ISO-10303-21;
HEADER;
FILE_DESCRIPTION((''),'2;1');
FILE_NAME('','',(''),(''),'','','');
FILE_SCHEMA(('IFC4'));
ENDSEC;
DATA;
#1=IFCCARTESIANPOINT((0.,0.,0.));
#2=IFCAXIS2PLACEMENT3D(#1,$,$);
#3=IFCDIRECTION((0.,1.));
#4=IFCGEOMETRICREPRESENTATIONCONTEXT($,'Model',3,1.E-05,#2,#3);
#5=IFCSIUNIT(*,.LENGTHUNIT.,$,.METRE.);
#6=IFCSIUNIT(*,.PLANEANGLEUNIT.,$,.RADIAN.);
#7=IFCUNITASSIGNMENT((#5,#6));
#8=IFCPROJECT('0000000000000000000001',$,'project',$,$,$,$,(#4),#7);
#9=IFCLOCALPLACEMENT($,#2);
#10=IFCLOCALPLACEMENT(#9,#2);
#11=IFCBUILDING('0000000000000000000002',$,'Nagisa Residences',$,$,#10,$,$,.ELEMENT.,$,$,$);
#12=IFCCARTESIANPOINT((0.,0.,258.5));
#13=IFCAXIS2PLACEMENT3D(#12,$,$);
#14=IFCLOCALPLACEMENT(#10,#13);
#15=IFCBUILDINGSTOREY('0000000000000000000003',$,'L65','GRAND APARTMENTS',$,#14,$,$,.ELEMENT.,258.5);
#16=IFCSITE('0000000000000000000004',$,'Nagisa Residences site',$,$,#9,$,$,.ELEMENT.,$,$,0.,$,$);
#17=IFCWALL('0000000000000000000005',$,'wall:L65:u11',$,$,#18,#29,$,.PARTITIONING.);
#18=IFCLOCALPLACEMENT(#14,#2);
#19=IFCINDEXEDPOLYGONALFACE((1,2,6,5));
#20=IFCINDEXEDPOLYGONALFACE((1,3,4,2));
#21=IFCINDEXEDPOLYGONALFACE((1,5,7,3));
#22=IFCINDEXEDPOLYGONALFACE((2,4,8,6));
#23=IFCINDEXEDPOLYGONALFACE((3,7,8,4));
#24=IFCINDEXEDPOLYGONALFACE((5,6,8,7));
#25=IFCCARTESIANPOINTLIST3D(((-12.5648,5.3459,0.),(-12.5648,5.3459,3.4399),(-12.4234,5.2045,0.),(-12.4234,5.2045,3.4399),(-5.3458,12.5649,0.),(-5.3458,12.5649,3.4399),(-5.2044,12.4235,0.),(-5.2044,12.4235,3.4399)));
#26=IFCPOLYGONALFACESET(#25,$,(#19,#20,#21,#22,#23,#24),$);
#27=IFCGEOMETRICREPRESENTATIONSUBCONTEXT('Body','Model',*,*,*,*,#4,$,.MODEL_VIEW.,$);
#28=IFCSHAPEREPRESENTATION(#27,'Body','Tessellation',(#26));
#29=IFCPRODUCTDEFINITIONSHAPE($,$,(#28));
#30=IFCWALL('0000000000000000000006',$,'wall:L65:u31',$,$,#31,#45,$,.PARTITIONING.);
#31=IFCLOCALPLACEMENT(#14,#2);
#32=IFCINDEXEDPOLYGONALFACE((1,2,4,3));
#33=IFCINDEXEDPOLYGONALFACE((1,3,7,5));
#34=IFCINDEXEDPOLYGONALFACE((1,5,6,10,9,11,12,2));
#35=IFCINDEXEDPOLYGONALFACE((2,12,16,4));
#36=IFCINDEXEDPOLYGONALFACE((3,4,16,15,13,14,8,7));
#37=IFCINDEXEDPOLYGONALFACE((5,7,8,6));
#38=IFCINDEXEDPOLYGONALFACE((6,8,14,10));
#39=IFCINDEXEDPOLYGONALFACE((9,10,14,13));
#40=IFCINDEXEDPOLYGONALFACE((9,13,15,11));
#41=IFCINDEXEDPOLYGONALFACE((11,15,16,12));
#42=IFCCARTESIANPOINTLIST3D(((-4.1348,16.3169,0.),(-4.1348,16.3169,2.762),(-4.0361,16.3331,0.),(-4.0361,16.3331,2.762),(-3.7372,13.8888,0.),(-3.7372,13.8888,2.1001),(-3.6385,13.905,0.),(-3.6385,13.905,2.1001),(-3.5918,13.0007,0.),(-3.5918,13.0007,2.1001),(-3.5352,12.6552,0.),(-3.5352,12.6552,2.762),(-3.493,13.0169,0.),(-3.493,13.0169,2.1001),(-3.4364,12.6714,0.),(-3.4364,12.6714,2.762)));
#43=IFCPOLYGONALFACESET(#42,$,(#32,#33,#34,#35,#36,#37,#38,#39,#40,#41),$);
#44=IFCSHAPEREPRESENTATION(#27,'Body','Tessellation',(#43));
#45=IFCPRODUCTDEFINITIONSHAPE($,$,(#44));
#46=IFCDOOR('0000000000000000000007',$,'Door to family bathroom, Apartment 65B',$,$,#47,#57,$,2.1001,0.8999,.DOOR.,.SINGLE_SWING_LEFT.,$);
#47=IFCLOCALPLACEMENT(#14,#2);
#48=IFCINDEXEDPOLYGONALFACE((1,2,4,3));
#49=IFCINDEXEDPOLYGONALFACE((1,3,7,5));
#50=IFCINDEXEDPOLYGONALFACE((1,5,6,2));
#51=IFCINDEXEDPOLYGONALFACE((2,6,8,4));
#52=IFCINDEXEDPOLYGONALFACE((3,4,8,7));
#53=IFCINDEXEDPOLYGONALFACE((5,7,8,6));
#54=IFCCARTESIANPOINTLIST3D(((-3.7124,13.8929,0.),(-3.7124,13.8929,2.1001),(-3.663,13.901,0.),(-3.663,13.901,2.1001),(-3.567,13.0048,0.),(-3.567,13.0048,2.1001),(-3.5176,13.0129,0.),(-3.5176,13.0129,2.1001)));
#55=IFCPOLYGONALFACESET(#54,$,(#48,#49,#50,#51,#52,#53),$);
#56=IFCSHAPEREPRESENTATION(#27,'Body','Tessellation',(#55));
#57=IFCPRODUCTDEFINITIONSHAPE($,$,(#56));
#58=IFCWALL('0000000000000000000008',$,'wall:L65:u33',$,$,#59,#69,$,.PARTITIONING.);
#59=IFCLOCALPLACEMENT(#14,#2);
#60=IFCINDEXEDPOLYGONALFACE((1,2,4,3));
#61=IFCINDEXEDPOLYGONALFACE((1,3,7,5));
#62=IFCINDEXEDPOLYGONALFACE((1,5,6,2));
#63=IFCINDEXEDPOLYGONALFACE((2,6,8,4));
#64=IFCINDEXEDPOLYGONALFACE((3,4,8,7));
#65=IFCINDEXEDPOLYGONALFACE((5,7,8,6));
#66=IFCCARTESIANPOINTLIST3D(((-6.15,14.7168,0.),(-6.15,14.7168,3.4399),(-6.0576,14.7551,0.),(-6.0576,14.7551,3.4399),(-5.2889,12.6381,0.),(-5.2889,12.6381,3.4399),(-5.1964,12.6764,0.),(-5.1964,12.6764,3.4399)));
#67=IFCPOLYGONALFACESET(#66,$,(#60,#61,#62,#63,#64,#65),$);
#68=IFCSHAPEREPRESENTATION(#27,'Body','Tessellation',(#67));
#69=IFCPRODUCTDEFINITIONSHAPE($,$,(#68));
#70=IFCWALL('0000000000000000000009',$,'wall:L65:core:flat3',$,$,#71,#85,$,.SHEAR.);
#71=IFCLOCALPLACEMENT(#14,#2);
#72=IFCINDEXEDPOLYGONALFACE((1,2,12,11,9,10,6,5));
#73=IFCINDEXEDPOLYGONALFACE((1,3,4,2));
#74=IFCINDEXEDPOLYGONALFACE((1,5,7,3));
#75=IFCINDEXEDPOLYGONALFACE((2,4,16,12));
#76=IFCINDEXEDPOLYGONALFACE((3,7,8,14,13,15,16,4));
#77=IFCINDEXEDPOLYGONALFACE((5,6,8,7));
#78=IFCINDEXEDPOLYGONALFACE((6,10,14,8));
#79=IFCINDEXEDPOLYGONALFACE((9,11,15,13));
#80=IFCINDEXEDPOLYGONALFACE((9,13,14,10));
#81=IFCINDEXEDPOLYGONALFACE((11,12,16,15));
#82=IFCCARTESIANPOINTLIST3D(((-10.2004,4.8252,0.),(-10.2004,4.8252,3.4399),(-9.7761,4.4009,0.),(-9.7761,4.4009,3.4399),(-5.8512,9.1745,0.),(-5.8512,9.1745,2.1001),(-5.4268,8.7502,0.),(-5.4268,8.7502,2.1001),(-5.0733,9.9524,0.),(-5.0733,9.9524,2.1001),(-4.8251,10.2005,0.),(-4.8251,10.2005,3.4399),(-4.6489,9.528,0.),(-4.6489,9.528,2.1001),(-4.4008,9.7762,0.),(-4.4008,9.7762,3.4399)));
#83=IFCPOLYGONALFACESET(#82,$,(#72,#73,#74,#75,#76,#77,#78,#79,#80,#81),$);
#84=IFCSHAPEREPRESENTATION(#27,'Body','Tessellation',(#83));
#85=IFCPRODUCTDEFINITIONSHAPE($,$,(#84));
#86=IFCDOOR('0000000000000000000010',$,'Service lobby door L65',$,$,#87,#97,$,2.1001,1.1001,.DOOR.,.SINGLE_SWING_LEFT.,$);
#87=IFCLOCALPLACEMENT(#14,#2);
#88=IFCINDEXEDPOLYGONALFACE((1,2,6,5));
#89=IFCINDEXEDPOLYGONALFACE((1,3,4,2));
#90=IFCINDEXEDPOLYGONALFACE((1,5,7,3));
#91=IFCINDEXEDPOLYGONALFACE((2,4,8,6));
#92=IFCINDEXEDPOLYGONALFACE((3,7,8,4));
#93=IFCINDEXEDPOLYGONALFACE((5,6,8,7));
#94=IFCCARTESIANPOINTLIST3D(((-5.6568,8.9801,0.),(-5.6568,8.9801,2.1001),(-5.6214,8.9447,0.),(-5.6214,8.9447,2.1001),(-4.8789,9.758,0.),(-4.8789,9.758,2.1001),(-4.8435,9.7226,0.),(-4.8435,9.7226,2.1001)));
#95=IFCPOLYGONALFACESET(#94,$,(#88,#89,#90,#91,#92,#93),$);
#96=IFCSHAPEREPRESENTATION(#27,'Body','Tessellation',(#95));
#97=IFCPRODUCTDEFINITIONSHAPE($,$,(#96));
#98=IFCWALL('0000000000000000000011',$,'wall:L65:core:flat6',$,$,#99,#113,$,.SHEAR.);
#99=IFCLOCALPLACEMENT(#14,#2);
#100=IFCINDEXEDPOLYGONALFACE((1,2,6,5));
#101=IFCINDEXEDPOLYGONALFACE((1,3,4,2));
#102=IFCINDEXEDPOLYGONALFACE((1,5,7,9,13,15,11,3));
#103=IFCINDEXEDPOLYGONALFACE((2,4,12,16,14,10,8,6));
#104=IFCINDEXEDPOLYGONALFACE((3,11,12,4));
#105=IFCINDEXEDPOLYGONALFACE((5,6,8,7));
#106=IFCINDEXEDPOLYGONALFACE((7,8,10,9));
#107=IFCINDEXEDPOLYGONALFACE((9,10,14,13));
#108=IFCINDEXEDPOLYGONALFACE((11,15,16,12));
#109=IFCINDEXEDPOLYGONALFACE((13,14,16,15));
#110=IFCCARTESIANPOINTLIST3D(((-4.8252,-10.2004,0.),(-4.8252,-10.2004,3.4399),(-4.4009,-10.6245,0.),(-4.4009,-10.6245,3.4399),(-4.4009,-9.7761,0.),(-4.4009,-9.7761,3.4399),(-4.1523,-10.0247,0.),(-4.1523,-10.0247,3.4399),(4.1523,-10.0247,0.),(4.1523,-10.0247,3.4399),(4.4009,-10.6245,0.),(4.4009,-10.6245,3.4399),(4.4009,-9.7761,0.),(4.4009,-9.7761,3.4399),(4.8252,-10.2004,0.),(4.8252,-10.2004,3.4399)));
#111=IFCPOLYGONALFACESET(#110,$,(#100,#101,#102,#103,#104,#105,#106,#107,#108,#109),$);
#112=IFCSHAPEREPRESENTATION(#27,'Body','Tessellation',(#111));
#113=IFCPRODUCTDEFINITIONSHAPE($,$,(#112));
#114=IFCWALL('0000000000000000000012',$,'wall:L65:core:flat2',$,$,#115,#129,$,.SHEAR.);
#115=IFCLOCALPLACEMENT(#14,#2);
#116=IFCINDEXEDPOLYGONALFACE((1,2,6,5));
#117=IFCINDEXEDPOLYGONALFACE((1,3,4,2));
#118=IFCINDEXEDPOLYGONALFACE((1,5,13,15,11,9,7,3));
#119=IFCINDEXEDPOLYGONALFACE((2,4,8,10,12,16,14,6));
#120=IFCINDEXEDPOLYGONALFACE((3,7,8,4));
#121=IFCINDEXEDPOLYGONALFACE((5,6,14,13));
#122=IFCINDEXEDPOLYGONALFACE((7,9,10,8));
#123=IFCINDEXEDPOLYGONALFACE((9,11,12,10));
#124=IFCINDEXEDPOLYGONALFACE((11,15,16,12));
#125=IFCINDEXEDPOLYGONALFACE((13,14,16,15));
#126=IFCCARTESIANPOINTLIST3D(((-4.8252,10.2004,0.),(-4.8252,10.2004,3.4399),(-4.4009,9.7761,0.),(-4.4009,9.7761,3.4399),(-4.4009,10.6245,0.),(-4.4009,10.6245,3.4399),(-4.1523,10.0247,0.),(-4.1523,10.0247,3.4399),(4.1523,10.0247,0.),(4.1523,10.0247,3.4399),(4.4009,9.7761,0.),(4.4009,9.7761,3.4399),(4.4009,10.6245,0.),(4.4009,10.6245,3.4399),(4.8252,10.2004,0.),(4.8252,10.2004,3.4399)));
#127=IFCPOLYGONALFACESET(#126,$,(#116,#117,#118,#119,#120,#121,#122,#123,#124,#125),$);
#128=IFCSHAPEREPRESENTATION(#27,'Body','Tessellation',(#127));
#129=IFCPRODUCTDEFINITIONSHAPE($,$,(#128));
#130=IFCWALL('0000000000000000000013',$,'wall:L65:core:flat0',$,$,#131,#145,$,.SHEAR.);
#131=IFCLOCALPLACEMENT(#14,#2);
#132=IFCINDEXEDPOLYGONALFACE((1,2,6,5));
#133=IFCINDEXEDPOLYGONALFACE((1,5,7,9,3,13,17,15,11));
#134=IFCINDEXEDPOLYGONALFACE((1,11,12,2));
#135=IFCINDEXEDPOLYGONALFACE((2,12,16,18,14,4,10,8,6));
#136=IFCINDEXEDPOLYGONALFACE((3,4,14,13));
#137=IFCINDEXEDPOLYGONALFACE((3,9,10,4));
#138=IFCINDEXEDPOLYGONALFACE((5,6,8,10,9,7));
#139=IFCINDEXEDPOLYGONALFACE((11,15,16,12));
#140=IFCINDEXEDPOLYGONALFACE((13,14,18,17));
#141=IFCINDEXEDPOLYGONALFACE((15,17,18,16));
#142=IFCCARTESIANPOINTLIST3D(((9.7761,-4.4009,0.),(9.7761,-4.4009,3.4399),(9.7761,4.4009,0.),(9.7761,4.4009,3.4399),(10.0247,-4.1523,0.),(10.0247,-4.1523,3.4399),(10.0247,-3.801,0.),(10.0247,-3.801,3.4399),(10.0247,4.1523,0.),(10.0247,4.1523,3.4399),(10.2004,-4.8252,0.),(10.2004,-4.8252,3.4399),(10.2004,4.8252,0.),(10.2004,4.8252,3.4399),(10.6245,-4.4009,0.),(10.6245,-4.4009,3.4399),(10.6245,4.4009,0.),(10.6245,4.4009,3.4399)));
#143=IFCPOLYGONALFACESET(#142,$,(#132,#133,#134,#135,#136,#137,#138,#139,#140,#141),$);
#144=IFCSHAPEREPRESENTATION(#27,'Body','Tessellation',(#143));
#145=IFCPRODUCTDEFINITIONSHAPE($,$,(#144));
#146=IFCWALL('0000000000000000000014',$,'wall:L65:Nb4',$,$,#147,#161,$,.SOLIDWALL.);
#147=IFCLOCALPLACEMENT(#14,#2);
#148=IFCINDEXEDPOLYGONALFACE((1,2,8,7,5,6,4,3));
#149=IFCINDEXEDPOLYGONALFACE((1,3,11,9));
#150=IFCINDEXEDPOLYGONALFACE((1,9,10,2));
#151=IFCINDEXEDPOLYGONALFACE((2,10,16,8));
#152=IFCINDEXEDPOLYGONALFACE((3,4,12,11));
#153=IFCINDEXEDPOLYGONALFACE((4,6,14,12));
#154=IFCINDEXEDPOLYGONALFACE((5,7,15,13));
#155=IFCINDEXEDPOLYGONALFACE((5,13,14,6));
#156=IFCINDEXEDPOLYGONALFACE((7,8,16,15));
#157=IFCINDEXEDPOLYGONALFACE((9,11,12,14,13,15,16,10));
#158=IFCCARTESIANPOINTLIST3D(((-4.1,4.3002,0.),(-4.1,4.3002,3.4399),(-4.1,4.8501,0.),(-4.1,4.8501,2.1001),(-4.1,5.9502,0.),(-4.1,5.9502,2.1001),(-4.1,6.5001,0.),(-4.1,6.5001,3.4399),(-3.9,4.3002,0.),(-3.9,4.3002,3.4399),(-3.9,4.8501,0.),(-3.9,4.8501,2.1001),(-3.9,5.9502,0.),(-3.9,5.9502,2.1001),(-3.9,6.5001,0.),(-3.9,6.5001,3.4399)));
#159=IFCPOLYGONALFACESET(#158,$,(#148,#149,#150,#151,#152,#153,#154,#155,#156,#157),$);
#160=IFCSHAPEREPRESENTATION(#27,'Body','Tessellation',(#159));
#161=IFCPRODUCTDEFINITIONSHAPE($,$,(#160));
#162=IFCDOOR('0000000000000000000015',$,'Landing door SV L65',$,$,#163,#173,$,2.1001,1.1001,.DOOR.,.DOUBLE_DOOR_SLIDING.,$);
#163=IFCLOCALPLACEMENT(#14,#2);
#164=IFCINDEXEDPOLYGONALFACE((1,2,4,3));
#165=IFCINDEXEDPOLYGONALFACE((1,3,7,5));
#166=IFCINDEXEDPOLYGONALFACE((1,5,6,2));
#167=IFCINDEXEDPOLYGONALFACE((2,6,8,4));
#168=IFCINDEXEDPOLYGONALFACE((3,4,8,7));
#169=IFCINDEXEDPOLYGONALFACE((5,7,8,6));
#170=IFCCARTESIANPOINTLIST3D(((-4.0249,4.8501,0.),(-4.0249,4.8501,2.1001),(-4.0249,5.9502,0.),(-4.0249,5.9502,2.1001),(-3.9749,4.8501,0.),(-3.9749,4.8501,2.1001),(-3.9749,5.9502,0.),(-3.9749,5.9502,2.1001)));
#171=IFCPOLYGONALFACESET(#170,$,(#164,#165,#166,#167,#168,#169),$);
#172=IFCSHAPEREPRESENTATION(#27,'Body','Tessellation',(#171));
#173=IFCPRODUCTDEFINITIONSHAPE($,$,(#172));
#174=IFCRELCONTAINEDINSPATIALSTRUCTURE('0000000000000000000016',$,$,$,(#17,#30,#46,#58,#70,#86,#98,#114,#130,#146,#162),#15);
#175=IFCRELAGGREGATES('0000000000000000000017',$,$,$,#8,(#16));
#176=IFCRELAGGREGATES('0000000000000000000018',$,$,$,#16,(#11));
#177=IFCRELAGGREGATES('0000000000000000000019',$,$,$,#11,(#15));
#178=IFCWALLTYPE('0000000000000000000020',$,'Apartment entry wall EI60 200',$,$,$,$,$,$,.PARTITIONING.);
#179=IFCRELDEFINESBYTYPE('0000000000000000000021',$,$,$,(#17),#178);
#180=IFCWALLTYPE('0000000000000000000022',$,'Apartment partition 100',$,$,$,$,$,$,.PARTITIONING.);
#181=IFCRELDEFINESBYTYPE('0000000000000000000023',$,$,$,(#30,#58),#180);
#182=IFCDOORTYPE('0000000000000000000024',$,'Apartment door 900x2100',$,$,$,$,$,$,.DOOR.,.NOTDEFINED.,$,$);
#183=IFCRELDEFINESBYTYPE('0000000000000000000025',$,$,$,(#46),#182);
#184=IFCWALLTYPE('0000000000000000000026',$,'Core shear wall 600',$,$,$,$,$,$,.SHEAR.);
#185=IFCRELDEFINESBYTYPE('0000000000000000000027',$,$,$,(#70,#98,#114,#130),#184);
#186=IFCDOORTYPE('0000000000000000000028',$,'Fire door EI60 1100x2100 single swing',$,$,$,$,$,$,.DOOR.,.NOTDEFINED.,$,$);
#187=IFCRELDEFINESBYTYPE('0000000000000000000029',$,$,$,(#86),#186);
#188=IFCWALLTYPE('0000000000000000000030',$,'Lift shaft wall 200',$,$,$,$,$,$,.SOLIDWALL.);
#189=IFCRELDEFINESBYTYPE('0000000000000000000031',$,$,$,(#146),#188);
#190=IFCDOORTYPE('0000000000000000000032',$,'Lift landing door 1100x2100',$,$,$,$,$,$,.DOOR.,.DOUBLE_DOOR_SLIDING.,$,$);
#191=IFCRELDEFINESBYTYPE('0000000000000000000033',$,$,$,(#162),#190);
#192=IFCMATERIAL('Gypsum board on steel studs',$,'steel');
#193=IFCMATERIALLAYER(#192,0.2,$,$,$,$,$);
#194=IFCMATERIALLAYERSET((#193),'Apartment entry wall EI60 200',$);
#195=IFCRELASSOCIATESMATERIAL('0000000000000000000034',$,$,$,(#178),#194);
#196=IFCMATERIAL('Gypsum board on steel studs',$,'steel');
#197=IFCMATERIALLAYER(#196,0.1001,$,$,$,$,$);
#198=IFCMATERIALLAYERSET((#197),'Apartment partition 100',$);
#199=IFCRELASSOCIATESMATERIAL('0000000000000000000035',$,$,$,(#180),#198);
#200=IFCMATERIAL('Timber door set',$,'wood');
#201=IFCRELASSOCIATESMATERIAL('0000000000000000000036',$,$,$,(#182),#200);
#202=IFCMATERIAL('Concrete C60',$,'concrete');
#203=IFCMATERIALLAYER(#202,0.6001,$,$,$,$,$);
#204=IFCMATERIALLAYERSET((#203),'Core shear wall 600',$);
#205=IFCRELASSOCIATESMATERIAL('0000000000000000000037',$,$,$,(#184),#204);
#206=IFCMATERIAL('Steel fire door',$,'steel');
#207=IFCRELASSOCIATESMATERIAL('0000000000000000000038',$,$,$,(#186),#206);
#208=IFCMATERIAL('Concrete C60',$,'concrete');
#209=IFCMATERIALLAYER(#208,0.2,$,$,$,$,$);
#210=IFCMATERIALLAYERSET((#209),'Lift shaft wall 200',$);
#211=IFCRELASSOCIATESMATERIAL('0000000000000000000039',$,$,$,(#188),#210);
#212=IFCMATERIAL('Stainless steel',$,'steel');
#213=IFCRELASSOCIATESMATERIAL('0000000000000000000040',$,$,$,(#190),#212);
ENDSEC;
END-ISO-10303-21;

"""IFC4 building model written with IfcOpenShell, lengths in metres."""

from ifc_helpers import new_model, si_unit, direction, frame, frame_2d, origin, place, context, subcontext, project, spatial, polyline, rectangle, outline, extrude, material, layer, layer_set, type_object, element, fill, save


model = new_model("IFC4")

# Units and contexts
model_context = context("Model", 3, precision=1e-05, world=origin(), true_north=direction((0.0, 1.0)))
body_context = subcontext(model_context, "Body", "Model", "MODEL_VIEW")
ifc_project = project(units=[si_unit("LENGTHUNIT", "METRE"), si_unit("PLANEANGLEUNIT", "RADIAN")], contexts=[model_context])

# Site, building, storey
site_placement = place(None, origin())
site = spatial("IfcSite", under=ifc_project, at=site_placement, Name="Nagisa Residences site", CompositionType="ELEMENT", RefElevation=0.0)
building_placement = place(site_placement, origin())
building = spatial("IfcBuilding", under=site, at=building_placement, Name="Nagisa Residences", CompositionType="ELEMENT")
storey_placement = place(building_placement, frame((0.0, 0.0, 258.5)))
storey = spatial("IfcBuildingStorey", under=building, at=storey_placement, Name="L65", Description="GRAND APARTMENTS", CompositionType="ELEMENT", Elevation=258.5)

# Wall
ifc_material_1 = material(Name="Gypsum board on steel studs", Category="steel")
ifc_layer_1 = layer(ifc_material_1, 0.2)
ifc_layer_set_1 = layer_set([ifc_layer_1], Name="Apartment entry wall EI60 200")
wall_type_1 = type_object("IfcWallType", Name="Apartment entry wall EI60 200", PredefinedType="PARTITIONING", material=ifc_layer_set_1)
wall_1_placement = place(storey_placement, frame((-5.2751, 12.4941, 0.0), z_axis=(0.0, 0.0, 1.0), x_axis=(-0.707107, -0.707107, 0.0)))
element("IfcWall", 1, at=wall_1_placement, inside=storey, type_object=wall_type_1, Name="wall:L65:u11", PredefinedType="PARTITIONING", context=body_context, shape_type="SweptSolid", body=[
    extrude(rectangle(XDim=10.2092, YDim=0.2, at=frame_2d((5.1045, 0.0))), origin(), (0.0, 0.0, 1.0), 3.4399),
])

# Wall, opening, door
ifc_material_2 = material(Name="Gypsum board on steel studs", Category="steel")
ifc_layer_2 = layer(ifc_material_2, 0.1001)
ifc_layer_set_2 = layer_set([ifc_layer_2], Name="Apartment partition 100")
wall_type_2 = type_object("IfcWallType", Name="Apartment partition 100", PredefinedType="PARTITIONING", material=ifc_layer_set_2)
wall_2_placement = place(storey_placement, frame((-3.4858, 12.6633, 0.0), z_axis=(0.0, 0.0, 1.0), x_axis=(-0.161603, 0.986856, 0.0)))
wall_2 = element("IfcWall", 2, at=wall_2_placement, inside=storey, type_object=wall_type_2, Name="wall:L65:u31", PredefinedType="PARTITIONING", context=body_context, shape_type="SweptSolid", body=[
    extrude(rectangle(XDim=3.7104, YDim=0.1001, at=frame_2d((1.8552, 0.0))), origin(), (0.0, 0.0, 1.0), 2.762),
])
opening_1_placement = place(wall_2_placement, frame((0.3501, 0.0, 0.0)))
opening_1 = element("IfcOpeningElement", 3, at=opening_1_placement, cuts=wall_2, PredefinedType="OPENING", context=body_context, shape_type="SweptSolid", body=[
    extrude(rectangle(XDim=0.8999, YDim=2.1001, at=frame_2d((0.45, 1.05))), frame((0.0, 0.0601, 0.0), z_axis=(0.0, -1.0, 0.0), x_axis=(1.0, 0.0, 0.0)), (0.0, 0.0, 1.0), 0.1201),
])
ifc_material_3 = material(Name="Timber door set", Category="wood")
door_type_1 = type_object("IfcDoorType", Name="Apartment door 900x2100", OperationType="NOTDEFINED", PredefinedType="DOOR", material=ifc_material_3)
door_1_placement = place(opening_1_placement, origin())
door_1 = element("IfcDoor", 4, at=door_1_placement, inside=storey, type_object=door_type_1, Name="Door to family bathroom, Apartment 65B", OperationType="SINGLE_SWING_LEFT", OverallHeight=2.1001, OverallWidth=0.8999, PredefinedType="DOOR", context=body_context, shape_type="SweptSolid", body=[
    extrude(rectangle(XDim=0.8999, YDim=2.1001, at=frame_2d((0.45, 1.05))), frame((0.0, 0.0249, 0.0), z_axis=(0.0, -1.0, 0.0), x_axis=(1.0, 0.0, 0.0)), (0.0, 0.0, 1.0), 0.05),
])
fill(opening_1, door_1)

# Wall
wall_3_placement = place(storey_placement, frame((-5.2427, 12.6572, 0.0), z_axis=(0.0, 0.0, 1.0), x_axis=(-0.382719, 0.923865, 0.0)))
element("IfcWall", 5, at=wall_3_placement, inside=storey, type_object=wall_type_2, Name="wall:L65:u33", PredefinedType="PARTITIONING", context=body_context, shape_type="SweptSolid", body=[
    extrude(rectangle(XDim=2.25, YDim=0.1001, at=frame_2d((1.125, 0.0))), origin(), (0.0, 0.0, 1.0), 3.4399),
])

# Wall, opening, door
ifc_material_4 = material(Name="Concrete C60", Category="concrete")
ifc_layer_3 = layer(ifc_material_4, 0.6001)
ifc_layer_set_3 = layer_set([ifc_layer_3], Name="Core shear wall 600")
wall_type_3 = type_object("IfcWallType", Name="Core shear wall 600", PredefinedType="SHEAR", material=ifc_layer_set_3)
wall_4_placement = place(storey_placement, frame((-4.613, 9.9883, 0.0), z_axis=(0.0, 0.0, 1.0), x_axis=(-0.707107, -0.707107, 0.0)))
wall_4 = element("IfcWall", 6, at=wall_4_placement, inside=storey, type_object=wall_type_3, Name="wall:L65:core:flat3", PredefinedType="SHEAR", context=body_context, shape_type="SweptSolid", body=[
    extrude(rectangle(XDim=7.6018, YDim=0.6001, at=frame_2d((3.8008, 0.0))), origin(), (0.0, 0.0, 1.0), 3.4399),
])
opening_2_placement = place(wall_4_placement, frame((0.3508, 0.0, 0.0)))
opening_2 = element("IfcOpeningElement", 7, at=opening_2_placement, cuts=wall_4, PredefinedType="OPENING", context=body_context, shape_type="SweptSolid", body=[
    extrude(rectangle(XDim=1.1001, YDim=2.1001, at=frame_2d((0.55, 1.05))), frame((0.0, 0.3101, 0.0), z_axis=(0.0, -1.0, 0.0), x_axis=(1.0, 0.0, 0.0)), (0.0, 0.0, 1.0), 0.6201),
])
ifc_material_5 = material(Name="Steel fire door", Category="steel")
door_type_2 = type_object("IfcDoorType", Name="Fire door EI60 1100x2100 single swing", OperationType="NOTDEFINED", PredefinedType="DOOR", material=ifc_material_5)
door_2_placement = place(opening_2_placement, origin())
door_2 = element("IfcDoor", 8, at=door_2_placement, inside=storey, type_object=door_type_2, Name="Service lobby door L65", OperationType="SINGLE_SWING_LEFT", OverallHeight=2.1001, OverallWidth=1.1001, PredefinedType="DOOR", context=body_context, shape_type="SweptSolid", body=[
    extrude(rectangle(XDim=1.1001, YDim=2.1001, at=frame_2d((0.55, 1.05))), frame((0.0, 0.0249, 0.0), z_axis=(0.0, -1.0, 0.0), x_axis=(1.0, 0.0, 0.0)), (0.0, 0.0, 1.0), 0.05),
])
fill(opening_2, door_2)

# Walls
wall_5_placement = place(storey_placement, origin())
element("IfcWall", 9, at=wall_5_placement, inside=storey, type_object=wall_type_3, Name="wall:L65:core:flat6", PredefinedType="SHEAR", context=body_context, shape_type="SweptSolid", body=[
    extrude(outline(polyline([(-4.1523, -10.0247), (4.1523, -10.0247), (4.4009, -9.7761), (4.8252, -10.2004), (4.4009, -10.6245), (-4.4009, -10.6245), (-4.8252, -10.2004), (-4.4009, -9.7761), (-4.1523, -10.0247)])), origin(), (0.0, 0.0, 1.0), 3.4399),
])
wall_6_placement = place(storey_placement, origin())
element("IfcWall", 10, at=wall_6_placement, inside=storey, type_object=wall_type_3, Name="wall:L65:core:flat2", PredefinedType="SHEAR", context=body_context, shape_type="SweptSolid", body=[
    extrude(outline(polyline([(-4.1523, 10.0247), (-4.4009, 9.7761), (-4.8252, 10.2004), (-4.4009, 10.6245), (4.4009, 10.6245), (4.8252, 10.2004), (4.4009, 9.7761), (4.1523, 10.0247), (-4.1523, 10.0247)])), origin(), (0.0, 0.0, 1.0), 3.4399),
])
wall_7_placement = place(storey_placement, origin())
element("IfcWall", 11, at=wall_7_placement, inside=storey, type_object=wall_type_3, Name="wall:L65:core:flat0", PredefinedType="SHEAR", context=body_context, shape_type="SweptSolid", body=[
    extrude(outline(polyline([(9.7761, -4.4009), (10.0247, -4.1523), (10.0247, -3.801), (10.0247, 4.1523), (9.7761, 4.4009), (10.2004, 4.8252), (10.6245, 4.4009), (10.6245, -4.4009), (10.2004, -4.8252), (9.7761, -4.4009)])), origin(), (0.0, 0.0, 1.0), 3.4399),
])

# Wall, opening, door
ifc_material_6 = material(Name="Concrete C60", Category="concrete")
ifc_layer_4 = layer(ifc_material_6, 0.2)
ifc_layer_set_4 = layer_set([ifc_layer_4], Name="Lift shaft wall 200")
wall_type_4 = type_object("IfcWallType", Name="Lift shaft wall 200", PredefinedType="SOLIDWALL", material=ifc_layer_set_4)
wall_8_placement = place(storey_placement, frame((-4.0, 4.3, 0.0), z_axis=(0.0, 0.0, 1.0), x_axis=(0.0, 1.0, 0.0)))
wall_8 = element("IfcWall", 12, at=wall_8_placement, inside=storey, type_object=wall_type_4, Name="wall:L65:Nb4", PredefinedType="SOLIDWALL", context=body_context, shape_type="SweptSolid", body=[
    extrude(rectangle(XDim=2.2, YDim=0.2, at=frame_2d((1.1001, 0.0))), origin(), (0.0, 0.0, 1.0), 3.4399),
])
opening_3_placement = place(wall_8_placement, frame((0.55, 0.0, 0.0)))
opening_3 = element("IfcOpeningElement", 13, at=opening_3_placement, cuts=wall_8, PredefinedType="OPENING", context=body_context, shape_type="SweptSolid", body=[
    extrude(rectangle(XDim=1.1001, YDim=2.1001, at=frame_2d((0.55, 1.05))), frame((0.0, 0.1099, 0.0), z_axis=(0.0, -1.0, 0.0), x_axis=(1.0, 0.0, 0.0)), (0.0, 0.0, 1.0), 0.22),
])
ifc_material_7 = material(Name="Stainless steel", Category="steel")
door_type_3 = type_object("IfcDoorType", Name="Lift landing door 1100x2100", OperationType="DOUBLE_DOOR_SLIDING", PredefinedType="DOOR", material=ifc_material_7)
door_3_placement = place(opening_3_placement, origin())
door_3 = element("IfcDoor", 14, at=door_3_placement, inside=storey, type_object=door_type_3, Name="Landing door SV L65", OperationType="DOUBLE_DOOR_SLIDING", OverallHeight=2.1001, OverallWidth=1.1001, PredefinedType="DOOR", context=body_context, shape_type="SweptSolid", body=[
    extrude(rectangle(XDim=1.1001, YDim=2.1001, at=frame_2d((0.55, 1.05))), frame((0.0, 0.0249, 0.0), z_axis=(0.0, -1.0, 0.0), x_axis=(1.0, 0.0, 0.0)), (0.0, 0.0, 1.0), 0.05),
])
fill(opening_3, door_3)

save(model, "model.ifc")
